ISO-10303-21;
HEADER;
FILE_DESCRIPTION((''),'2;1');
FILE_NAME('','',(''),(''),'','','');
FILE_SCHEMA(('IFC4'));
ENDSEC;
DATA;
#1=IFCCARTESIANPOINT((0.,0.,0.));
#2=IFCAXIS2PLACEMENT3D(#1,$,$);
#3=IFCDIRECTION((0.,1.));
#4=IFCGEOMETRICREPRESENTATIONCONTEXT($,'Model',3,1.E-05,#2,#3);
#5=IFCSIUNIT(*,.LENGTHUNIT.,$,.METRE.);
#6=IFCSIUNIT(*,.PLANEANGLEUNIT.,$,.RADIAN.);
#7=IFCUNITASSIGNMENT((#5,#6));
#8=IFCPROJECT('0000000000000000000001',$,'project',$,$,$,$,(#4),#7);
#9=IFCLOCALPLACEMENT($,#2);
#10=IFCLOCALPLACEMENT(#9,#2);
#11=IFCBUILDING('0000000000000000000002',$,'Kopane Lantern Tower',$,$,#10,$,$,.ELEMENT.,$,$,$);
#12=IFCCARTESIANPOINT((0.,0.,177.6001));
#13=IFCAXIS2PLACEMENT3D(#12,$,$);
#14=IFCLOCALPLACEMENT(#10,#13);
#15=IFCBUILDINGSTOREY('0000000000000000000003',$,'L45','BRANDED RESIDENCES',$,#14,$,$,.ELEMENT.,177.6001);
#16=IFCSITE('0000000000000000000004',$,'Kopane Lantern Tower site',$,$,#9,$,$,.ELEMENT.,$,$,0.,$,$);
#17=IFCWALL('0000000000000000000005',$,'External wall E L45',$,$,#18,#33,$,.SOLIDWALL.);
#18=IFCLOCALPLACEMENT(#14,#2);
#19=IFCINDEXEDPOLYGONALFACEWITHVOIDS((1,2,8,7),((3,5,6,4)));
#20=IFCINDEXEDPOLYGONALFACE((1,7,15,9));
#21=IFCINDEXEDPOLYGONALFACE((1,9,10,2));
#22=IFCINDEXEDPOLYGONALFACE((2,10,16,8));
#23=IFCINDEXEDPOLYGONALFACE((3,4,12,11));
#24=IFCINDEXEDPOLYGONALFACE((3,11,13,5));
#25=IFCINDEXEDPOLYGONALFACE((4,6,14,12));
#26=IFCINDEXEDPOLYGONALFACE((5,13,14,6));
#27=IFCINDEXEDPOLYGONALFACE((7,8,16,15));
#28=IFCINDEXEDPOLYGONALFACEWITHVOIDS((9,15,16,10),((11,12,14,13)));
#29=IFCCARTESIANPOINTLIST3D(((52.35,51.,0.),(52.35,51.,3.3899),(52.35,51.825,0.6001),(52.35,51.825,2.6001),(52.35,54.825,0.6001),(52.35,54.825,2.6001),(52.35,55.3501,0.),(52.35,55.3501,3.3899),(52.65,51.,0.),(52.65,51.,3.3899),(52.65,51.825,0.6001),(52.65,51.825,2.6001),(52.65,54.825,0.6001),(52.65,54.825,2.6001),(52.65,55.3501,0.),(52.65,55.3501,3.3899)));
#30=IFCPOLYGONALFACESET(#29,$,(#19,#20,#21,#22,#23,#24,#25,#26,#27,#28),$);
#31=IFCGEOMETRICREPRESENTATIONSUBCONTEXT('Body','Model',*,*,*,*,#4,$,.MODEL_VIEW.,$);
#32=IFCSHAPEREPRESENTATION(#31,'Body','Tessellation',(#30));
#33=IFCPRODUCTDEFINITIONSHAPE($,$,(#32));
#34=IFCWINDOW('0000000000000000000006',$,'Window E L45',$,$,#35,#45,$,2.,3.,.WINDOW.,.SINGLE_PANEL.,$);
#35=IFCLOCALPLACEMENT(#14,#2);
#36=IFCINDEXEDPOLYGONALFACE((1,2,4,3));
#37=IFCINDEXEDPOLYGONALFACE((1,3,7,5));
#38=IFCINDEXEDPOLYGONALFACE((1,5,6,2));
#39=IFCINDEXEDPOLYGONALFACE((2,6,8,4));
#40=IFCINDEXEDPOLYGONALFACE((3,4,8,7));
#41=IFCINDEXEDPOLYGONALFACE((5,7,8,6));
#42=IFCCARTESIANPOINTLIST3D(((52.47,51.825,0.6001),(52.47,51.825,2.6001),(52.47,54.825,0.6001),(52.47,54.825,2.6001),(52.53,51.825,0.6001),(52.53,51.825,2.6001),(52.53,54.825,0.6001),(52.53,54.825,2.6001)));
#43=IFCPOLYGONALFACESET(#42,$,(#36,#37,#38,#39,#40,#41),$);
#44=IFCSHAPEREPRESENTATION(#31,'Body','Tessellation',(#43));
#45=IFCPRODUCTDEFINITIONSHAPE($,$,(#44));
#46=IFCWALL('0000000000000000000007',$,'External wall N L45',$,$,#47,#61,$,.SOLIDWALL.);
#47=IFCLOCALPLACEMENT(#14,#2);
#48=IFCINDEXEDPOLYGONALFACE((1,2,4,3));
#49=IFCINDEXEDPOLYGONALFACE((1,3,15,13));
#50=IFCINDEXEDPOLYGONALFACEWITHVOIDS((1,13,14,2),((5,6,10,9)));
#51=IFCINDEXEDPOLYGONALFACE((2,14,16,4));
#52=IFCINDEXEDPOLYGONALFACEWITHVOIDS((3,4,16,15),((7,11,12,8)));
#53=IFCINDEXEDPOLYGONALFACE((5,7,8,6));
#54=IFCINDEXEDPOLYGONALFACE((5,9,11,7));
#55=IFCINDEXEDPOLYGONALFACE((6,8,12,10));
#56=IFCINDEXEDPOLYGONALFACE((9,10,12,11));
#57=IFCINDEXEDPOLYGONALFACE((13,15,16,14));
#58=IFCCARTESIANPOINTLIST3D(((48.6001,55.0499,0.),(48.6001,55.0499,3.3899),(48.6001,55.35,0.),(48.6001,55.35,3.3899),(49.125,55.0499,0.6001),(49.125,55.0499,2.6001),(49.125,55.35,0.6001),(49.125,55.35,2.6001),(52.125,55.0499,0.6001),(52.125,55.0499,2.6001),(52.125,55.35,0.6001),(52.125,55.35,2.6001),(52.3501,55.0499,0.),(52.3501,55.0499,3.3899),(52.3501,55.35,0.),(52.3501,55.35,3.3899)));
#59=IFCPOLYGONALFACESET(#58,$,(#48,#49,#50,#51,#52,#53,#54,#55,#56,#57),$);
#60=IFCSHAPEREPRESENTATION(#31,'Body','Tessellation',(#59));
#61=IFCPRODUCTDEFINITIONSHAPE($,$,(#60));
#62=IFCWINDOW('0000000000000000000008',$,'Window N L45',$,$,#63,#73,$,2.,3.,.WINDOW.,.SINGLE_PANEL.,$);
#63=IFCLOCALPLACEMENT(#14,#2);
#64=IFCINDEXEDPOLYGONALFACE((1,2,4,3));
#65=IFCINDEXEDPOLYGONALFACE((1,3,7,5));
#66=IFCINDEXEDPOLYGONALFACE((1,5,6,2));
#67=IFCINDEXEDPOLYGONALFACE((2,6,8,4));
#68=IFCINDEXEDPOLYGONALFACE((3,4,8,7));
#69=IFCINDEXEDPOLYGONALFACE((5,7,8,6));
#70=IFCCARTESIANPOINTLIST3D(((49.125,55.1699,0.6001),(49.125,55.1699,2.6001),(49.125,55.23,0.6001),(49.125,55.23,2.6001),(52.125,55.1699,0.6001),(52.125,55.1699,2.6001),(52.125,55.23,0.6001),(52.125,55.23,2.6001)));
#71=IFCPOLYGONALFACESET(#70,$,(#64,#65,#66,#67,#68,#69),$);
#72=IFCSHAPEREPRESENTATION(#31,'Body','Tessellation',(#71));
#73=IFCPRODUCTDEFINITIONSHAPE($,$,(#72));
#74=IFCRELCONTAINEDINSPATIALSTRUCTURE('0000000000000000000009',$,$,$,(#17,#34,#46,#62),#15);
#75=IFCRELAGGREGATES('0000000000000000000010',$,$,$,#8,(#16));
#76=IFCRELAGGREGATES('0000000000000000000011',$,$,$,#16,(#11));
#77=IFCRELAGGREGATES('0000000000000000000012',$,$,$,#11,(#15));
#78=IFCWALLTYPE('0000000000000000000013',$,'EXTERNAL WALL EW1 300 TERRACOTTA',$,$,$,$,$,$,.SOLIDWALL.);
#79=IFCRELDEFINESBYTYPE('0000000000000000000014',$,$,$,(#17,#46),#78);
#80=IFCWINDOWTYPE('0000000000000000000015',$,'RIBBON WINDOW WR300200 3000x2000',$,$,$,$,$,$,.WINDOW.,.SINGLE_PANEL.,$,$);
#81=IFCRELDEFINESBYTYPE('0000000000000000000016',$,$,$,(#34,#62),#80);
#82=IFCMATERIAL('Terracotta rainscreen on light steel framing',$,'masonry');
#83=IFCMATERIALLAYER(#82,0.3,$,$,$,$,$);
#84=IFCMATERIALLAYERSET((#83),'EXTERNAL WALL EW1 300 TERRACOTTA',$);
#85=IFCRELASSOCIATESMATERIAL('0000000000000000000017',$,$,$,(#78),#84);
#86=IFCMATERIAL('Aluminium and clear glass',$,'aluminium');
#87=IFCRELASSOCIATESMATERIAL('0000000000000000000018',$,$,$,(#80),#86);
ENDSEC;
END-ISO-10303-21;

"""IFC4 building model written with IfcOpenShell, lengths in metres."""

from ifc_helpers import new_model, si_unit, direction, frame, frame_2d, origin, place, context, subcontext, project, spatial, rectangle, extrude, material, layer, layer_set, type_object, element, fill, save


model = new_model("IFC4")

# Units and contexts
model_context = context("Model", 3, precision=1e-05, world=origin(), true_north=direction((0.0, 1.0)))
body_context = subcontext(model_context, "Body", "Model", "MODEL_VIEW")
ifc_project = project(units=[si_unit("LENGTHUNIT", "METRE"), si_unit("PLANEANGLEUNIT", "RADIAN")], contexts=[model_context])

# Site, building, storey
site_placement = place(None, origin())
site = spatial("IfcSite", under=ifc_project, at=site_placement, Name="Kopane Lantern Tower site", CompositionType="ELEMENT", RefElevation=0.0)
building_placement = place(site_placement, origin())
building = spatial("IfcBuilding", under=site, at=building_placement, Name="Kopane Lantern Tower", CompositionType="ELEMENT")
storey_placement = place(building_placement, frame((0.0, 0.0, 177.6001)))
storey = spatial("IfcBuildingStorey", under=building, at=storey_placement, Name="L45", Description="BRANDED RESIDENCES", CompositionType="ELEMENT", Elevation=177.6001)

# Walls, openings, windows
ifc_material_1 = material(Name="Terracotta rainscreen on light steel framing", Category="masonry")
ifc_layer = layer(ifc_material_1, 0.3)
ifc_layer_set = layer_set([ifc_layer], Name="EXTERNAL WALL EW1 300 TERRACOTTA")
wall_type = type_object("IfcWallType", Name="EXTERNAL WALL EW1 300 TERRACOTTA", PredefinedType="SOLIDWALL", material=ifc_layer_set)
ifc_material_2 = material(Name="Aluminium and clear glass", Category="aluminium")
window_type = type_object("IfcWindowType", Name="RIBBON WINDOW WR300200 3000x2000", PartitioningType="SINGLE_PANEL", PredefinedType="WINDOW", material=ifc_material_2)
wall_1_placement = place(storey_placement, frame((52.5, 51.0, 0.0), z_axis=(0.0, 0.0, 1.0), x_axis=(0.0, 1.0, 0.0)))
wall_1 = element("IfcWall", 1, at=wall_1_placement, inside=storey, type_object=wall_type, Name="External wall E L45", PredefinedType="SOLIDWALL", context=body_context, shape_type="SweptSolid", body=[
    extrude(rectangle(XDim=4.3501, YDim=0.3, at=frame_2d((2.175, 0.0))), origin(), (0.0, 0.0, 1.0), 3.3899),
])
opening_1_placement = place(wall_1_placement, frame((0.825, 0.0, 0.6001)))
opening_1 = element("IfcOpeningElement", 2, at=opening_1_placement, cuts=wall_1, PredefinedType="OPENING", context=body_context, shape_type="SweptSolid", body=[
    extrude(rectangle(XDim=3.0, YDim=2.0, at=frame_2d((1.5, 1.0))), frame((0.0, 0.1599, 0.0), z_axis=(0.0, -1.0, 0.0), x_axis=(1.0, 0.0, 0.0)), (0.0, 0.0, 1.0), 0.3201),
])
window_1_placement = place(opening_1_placement, origin())
window_1 = element("IfcWindow", 3, at=window_1_placement, inside=storey, type_object=window_type, Name="Window E L45", OverallHeight=2.0, OverallWidth=3.0, PartitioningType="SINGLE_PANEL", PredefinedType="WINDOW", context=body_context, shape_type="SweptSolid", body=[
    extrude(rectangle(XDim=3.0, YDim=2.0, at=frame_2d((1.5, 1.0))), frame((0.0, 0.03, 0.0), z_axis=(0.0, -1.0, 0.0), x_axis=(1.0, 0.0, 0.0)), (0.0, 0.0, 1.0), 0.0601),
])
fill(opening_1, window_1)
wall_2_placement = place(storey_placement, frame((52.3501, 55.2, 0.0), z_axis=(0.0, 0.0, 1.0), x_axis=(-1.0, 0.0, 0.0)))
wall_2 = element("IfcWall", 4, at=wall_2_placement, inside=storey, type_object=wall_type, Name="External wall N L45", PredefinedType="SOLIDWALL", context=body_context, shape_type="SweptSolid", body=[
    extrude(rectangle(XDim=3.75, YDim=0.3, at=frame_2d((1.875, 0.0))), origin(), (0.0, 0.0, 1.0), 3.3899),
])
opening_2_placement = place(wall_2_placement, frame((0.2251, 0.0, 0.6001)))
opening_2 = element("IfcOpeningElement", 5, at=opening_2_placement, cuts=wall_2, PredefinedType="OPENING", context=body_context, shape_type="SweptSolid", body=[
    extrude(rectangle(XDim=3.0, YDim=2.0, at=frame_2d((1.5, 1.0))), frame((0.0, 0.1599, 0.0), z_axis=(0.0, -1.0, 0.0), x_axis=(1.0, 0.0, 0.0)), (0.0, 0.0, 1.0), 0.3201),
])
window_2_placement = place(opening_2_placement, origin())
window_2 = element("IfcWindow", 6, at=window_2_placement, inside=storey, type_object=window_type, Name="Window N L45", OverallHeight=2.0, OverallWidth=3.0, PartitioningType="SINGLE_PANEL", PredefinedType="WINDOW", context=body_context, shape_type="SweptSolid", body=[
    extrude(rectangle(XDim=3.0, YDim=2.0, at=frame_2d((1.5, 1.0))), frame((0.0, 0.03, 0.0), z_axis=(0.0, -1.0, 0.0), x_axis=(1.0, 0.0, 0.0)), (0.0, 0.0, 1.0), 0.0601),
])
fill(opening_2, window_2)

save(model, "model.ifc")
